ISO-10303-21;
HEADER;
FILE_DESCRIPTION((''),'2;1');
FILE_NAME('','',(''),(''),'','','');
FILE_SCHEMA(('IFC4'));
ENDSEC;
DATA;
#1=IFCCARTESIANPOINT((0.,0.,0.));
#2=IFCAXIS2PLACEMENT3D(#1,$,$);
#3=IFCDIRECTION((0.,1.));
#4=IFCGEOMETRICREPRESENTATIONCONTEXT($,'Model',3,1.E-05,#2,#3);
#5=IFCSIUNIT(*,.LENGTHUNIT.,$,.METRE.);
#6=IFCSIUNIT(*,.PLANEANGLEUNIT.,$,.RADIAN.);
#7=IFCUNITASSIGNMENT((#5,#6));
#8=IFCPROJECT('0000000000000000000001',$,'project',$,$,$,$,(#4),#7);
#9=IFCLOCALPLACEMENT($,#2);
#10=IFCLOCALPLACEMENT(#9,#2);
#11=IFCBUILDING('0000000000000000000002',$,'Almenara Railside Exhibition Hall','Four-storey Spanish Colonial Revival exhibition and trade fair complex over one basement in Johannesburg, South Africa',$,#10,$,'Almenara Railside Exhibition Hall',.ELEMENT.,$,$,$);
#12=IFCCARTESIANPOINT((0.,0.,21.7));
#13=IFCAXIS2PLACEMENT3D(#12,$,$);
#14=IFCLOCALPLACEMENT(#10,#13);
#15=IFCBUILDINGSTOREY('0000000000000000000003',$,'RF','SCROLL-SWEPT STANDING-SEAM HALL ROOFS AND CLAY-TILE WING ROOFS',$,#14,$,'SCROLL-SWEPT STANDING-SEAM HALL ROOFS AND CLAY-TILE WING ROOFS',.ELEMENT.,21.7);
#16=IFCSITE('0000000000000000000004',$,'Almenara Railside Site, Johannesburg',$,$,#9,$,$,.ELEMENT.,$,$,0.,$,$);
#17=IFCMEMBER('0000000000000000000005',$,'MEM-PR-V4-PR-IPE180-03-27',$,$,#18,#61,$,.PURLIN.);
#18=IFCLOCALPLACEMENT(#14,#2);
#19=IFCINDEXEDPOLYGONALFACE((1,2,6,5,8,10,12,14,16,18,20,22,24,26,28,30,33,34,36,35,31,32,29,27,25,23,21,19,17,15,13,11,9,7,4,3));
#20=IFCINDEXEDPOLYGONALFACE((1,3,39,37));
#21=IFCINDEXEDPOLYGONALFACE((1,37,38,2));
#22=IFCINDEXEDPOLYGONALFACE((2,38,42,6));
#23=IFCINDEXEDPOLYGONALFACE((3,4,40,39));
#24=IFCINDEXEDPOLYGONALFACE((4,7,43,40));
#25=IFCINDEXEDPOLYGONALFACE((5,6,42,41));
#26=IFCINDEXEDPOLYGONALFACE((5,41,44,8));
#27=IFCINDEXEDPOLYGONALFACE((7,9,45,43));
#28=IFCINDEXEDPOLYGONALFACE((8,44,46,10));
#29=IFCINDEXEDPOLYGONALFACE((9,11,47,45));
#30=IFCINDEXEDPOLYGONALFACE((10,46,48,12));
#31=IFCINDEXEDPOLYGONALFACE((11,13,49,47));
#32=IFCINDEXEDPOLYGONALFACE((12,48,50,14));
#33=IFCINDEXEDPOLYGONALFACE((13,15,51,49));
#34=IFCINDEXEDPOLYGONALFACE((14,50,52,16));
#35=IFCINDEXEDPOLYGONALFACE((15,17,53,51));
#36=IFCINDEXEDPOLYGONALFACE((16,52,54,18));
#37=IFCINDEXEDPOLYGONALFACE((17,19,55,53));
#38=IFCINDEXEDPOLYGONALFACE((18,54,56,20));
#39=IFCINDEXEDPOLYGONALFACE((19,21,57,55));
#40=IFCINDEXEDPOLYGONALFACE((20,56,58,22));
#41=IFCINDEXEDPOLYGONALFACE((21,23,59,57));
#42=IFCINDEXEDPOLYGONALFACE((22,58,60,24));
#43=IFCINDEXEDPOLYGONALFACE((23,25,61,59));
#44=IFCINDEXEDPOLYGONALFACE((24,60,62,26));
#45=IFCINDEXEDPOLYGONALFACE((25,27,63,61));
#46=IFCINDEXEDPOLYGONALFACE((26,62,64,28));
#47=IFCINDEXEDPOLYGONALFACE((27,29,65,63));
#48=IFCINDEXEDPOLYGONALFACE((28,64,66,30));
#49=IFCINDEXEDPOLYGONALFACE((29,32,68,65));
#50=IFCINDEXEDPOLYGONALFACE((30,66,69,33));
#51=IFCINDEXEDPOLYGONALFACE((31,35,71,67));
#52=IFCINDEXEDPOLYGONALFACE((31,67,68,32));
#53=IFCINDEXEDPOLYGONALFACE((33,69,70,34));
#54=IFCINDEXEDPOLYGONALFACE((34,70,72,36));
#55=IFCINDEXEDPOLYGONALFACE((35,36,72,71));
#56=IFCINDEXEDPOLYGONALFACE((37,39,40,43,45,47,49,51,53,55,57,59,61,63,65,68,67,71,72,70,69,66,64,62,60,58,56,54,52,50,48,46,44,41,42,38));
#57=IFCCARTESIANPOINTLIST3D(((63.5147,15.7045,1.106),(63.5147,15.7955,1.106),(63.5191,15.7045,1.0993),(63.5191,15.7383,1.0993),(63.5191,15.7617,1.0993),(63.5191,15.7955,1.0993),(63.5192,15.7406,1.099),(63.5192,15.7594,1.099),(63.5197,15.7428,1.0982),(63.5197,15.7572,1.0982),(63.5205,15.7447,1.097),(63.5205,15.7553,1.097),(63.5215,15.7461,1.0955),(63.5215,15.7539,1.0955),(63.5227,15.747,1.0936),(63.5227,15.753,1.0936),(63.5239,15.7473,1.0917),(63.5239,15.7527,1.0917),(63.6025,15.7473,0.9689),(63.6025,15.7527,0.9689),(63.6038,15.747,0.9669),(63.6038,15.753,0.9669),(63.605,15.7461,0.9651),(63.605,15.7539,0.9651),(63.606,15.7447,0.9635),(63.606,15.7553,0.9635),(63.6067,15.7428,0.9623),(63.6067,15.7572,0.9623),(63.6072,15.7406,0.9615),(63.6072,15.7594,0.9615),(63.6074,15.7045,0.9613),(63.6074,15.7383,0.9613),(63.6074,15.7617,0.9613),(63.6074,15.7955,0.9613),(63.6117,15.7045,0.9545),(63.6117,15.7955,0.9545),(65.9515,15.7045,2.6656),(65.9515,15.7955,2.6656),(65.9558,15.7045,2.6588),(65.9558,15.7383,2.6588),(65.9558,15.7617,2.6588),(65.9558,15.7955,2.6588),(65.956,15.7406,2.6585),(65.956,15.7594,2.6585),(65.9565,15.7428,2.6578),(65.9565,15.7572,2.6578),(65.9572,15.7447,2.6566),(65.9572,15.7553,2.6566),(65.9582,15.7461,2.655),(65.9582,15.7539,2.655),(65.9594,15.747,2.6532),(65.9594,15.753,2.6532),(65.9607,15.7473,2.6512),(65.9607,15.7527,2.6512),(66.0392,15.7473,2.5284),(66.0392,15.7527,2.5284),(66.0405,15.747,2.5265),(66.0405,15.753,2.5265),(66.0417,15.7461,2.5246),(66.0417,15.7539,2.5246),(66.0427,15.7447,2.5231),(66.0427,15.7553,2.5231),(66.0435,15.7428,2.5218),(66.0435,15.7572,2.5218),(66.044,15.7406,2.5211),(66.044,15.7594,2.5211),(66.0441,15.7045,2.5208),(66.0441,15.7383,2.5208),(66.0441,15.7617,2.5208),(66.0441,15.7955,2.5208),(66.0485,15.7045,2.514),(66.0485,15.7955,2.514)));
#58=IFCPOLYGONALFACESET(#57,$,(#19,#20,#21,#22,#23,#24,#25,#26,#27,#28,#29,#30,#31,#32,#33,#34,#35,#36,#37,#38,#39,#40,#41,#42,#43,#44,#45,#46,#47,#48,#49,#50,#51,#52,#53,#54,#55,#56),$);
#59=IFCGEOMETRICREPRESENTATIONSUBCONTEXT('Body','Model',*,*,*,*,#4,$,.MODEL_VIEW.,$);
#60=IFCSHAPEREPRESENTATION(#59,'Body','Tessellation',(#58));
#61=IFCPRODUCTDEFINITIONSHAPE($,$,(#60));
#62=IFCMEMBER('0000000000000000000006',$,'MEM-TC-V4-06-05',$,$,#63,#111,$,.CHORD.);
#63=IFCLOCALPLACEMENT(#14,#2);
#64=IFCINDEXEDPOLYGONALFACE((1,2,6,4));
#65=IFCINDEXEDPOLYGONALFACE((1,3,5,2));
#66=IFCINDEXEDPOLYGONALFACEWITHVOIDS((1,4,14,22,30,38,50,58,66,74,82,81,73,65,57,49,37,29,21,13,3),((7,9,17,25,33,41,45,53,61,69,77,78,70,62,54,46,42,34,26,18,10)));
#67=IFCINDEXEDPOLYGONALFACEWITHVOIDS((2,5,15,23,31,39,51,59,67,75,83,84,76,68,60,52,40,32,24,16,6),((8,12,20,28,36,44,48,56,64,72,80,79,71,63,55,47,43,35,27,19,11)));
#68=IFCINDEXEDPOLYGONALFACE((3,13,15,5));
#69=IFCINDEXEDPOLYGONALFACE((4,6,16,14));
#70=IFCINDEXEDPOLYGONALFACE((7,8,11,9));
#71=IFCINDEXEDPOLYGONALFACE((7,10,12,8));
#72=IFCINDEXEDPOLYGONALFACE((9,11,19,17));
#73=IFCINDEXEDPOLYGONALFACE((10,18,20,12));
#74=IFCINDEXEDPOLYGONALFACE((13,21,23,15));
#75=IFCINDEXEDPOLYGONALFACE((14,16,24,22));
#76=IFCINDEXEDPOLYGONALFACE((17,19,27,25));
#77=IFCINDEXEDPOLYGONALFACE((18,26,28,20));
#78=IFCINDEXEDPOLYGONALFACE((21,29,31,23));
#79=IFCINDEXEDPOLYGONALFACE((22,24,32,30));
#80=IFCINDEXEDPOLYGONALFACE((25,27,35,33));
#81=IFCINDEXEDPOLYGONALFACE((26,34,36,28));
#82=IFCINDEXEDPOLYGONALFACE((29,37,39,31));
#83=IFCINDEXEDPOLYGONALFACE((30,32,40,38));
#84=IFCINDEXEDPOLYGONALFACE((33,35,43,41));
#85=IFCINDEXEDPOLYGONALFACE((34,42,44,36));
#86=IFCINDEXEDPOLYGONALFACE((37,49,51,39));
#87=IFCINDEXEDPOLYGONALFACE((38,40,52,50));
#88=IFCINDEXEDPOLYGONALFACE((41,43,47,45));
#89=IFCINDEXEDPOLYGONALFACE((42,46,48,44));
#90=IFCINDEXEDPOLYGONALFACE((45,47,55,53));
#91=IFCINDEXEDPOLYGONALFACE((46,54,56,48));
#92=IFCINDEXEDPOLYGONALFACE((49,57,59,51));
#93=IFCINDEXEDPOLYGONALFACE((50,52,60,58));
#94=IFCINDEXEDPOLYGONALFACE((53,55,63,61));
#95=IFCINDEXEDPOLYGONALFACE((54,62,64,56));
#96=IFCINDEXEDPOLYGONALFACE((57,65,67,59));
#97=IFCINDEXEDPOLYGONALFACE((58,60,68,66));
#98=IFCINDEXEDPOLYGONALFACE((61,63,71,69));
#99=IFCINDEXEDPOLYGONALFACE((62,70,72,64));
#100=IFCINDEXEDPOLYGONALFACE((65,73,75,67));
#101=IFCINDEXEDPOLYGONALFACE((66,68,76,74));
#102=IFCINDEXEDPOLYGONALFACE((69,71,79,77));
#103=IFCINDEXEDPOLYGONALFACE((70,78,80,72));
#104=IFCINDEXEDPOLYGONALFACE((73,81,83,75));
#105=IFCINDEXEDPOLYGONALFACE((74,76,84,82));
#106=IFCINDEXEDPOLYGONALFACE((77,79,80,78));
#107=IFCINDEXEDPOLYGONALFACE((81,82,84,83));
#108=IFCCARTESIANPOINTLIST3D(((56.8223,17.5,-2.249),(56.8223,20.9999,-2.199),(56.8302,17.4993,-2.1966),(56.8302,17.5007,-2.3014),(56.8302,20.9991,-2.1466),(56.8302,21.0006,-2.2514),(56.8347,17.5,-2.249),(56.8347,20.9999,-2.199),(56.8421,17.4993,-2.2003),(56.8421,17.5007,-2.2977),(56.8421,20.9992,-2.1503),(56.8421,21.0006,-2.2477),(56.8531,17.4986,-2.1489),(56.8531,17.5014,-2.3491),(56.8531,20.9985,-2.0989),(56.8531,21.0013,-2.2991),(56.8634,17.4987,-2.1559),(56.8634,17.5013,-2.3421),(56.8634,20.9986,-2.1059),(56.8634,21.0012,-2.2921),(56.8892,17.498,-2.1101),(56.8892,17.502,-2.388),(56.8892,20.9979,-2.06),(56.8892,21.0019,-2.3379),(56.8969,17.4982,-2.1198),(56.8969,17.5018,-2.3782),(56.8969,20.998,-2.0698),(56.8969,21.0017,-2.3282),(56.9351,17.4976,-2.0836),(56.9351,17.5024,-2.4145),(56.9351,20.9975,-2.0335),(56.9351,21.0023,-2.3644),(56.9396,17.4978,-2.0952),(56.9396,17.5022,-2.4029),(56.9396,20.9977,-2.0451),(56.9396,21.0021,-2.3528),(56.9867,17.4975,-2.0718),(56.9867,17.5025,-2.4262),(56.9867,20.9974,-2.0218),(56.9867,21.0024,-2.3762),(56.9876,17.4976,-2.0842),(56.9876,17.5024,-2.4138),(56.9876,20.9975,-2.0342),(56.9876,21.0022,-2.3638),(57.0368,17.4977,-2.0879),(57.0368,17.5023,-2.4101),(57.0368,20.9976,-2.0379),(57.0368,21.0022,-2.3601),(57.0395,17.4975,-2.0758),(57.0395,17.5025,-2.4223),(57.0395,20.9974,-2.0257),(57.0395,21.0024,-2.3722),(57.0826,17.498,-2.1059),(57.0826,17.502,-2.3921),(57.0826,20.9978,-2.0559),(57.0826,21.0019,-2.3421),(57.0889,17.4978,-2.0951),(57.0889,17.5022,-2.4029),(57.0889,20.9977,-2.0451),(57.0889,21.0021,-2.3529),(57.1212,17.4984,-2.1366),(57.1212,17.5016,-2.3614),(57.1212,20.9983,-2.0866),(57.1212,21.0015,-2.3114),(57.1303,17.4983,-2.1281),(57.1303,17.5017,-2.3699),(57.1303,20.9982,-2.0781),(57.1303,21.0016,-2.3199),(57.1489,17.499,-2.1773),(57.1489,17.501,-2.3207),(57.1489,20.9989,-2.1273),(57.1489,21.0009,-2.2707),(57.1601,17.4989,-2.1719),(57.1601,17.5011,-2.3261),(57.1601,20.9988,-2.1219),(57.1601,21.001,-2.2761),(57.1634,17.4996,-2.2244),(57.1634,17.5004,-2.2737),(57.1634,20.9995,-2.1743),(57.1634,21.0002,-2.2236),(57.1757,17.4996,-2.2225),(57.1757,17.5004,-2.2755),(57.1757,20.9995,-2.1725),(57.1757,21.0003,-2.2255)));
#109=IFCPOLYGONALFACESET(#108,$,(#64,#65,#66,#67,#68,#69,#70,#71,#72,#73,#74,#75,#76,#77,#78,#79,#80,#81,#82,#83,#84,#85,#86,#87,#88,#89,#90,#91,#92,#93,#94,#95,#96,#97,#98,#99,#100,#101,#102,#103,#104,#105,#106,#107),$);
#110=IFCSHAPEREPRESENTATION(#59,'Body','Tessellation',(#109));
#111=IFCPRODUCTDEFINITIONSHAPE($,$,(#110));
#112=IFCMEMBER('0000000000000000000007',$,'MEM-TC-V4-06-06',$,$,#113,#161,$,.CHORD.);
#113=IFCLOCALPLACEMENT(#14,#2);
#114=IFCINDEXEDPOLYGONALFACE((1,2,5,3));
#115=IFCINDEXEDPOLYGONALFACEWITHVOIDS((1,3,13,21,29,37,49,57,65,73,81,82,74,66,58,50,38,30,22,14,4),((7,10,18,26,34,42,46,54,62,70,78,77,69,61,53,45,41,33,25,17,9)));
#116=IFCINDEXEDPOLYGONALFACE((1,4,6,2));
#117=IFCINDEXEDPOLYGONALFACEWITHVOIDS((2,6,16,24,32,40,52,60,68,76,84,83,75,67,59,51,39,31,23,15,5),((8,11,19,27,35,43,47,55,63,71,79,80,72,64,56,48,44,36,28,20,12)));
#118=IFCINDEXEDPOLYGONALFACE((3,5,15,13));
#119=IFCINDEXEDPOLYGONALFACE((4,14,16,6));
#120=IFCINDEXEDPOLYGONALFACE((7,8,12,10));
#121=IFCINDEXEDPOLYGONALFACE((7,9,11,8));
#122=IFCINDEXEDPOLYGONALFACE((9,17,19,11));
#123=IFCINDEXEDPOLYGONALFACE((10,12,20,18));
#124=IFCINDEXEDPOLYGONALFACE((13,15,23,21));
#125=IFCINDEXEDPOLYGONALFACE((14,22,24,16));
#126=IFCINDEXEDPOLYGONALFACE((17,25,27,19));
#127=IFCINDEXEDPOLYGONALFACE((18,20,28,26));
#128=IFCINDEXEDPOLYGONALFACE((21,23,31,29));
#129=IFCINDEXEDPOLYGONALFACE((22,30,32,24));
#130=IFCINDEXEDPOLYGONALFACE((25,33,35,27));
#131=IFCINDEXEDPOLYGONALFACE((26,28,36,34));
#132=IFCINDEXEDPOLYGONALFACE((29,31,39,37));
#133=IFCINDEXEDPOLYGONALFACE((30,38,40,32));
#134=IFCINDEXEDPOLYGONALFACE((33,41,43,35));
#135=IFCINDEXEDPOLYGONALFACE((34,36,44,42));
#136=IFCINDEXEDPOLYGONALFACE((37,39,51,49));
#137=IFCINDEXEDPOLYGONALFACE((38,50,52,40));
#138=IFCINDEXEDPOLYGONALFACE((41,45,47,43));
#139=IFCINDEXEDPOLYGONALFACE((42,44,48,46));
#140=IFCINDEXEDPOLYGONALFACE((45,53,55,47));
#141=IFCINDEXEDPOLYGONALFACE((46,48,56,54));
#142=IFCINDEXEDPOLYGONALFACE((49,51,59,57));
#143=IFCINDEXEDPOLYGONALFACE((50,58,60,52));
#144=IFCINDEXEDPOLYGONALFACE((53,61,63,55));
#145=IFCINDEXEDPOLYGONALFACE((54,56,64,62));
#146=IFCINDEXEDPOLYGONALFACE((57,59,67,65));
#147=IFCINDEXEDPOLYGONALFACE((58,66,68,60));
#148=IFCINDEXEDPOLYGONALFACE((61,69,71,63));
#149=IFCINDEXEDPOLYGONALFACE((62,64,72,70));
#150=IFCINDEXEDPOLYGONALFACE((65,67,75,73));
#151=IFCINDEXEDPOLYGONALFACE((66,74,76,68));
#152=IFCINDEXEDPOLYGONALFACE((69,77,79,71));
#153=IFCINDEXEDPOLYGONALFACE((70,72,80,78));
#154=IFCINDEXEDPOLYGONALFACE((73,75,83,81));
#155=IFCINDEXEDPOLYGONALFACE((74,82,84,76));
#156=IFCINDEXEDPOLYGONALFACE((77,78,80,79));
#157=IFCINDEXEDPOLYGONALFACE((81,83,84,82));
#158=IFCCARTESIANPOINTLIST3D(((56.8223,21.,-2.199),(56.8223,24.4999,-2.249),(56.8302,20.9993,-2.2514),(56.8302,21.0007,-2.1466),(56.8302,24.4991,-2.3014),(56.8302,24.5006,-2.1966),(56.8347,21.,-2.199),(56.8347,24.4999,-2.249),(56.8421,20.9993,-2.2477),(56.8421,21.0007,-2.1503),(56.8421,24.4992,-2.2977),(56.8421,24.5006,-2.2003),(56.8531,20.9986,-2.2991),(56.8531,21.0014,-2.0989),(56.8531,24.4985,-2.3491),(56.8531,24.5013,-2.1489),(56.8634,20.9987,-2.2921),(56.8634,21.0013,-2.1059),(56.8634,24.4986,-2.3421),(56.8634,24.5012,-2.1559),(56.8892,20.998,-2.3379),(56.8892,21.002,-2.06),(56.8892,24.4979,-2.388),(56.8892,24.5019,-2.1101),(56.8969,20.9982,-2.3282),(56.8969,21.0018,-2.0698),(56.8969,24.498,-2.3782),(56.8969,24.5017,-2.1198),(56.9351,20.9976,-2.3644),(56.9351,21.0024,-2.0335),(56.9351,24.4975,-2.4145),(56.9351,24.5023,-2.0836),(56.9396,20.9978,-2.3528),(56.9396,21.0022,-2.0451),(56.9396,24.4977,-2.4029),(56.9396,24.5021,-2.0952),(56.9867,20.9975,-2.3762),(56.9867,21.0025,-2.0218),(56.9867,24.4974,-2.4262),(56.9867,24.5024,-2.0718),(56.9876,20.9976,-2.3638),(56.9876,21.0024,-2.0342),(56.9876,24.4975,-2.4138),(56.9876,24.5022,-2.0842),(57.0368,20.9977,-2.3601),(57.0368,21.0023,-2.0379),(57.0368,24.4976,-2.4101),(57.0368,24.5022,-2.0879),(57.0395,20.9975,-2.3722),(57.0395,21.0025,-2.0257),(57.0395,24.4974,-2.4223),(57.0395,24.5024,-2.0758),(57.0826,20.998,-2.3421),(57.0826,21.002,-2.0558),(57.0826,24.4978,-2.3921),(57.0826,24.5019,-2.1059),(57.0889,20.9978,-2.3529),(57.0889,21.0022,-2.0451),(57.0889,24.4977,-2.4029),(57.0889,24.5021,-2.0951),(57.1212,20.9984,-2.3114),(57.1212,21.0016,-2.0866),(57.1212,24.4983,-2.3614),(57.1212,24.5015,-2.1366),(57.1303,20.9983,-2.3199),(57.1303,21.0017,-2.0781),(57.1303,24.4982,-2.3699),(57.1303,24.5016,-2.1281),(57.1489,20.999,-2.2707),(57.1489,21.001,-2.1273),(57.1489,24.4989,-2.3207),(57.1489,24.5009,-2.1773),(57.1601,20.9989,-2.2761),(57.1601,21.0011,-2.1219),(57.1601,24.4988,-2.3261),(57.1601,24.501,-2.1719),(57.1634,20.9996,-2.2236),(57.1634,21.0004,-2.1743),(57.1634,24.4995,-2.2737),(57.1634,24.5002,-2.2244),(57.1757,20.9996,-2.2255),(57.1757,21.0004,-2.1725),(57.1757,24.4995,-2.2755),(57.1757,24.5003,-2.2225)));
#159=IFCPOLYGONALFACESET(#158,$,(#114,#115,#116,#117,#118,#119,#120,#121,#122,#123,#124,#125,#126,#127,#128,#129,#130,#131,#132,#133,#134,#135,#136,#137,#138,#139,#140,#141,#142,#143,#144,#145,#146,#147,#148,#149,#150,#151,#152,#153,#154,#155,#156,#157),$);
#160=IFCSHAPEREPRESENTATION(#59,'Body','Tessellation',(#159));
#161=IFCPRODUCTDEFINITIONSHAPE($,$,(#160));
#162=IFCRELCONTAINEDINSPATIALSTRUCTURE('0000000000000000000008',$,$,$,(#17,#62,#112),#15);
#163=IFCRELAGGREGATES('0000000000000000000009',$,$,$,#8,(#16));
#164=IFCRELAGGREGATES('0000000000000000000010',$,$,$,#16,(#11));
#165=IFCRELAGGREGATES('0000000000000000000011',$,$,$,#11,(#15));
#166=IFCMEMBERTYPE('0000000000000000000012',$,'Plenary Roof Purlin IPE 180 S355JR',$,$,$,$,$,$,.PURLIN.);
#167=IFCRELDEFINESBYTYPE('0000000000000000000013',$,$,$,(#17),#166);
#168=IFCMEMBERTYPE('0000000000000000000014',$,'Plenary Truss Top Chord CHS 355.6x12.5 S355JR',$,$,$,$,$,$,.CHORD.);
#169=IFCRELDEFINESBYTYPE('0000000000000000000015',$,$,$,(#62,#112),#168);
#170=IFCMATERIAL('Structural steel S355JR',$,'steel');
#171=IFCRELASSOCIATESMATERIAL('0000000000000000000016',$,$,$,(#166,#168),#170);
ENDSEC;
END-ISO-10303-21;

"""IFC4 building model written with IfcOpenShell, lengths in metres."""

from ifc_helpers import new_model, si_unit, direction, frame, origin, origin_2d, place, context, subcontext, project, spatial, hollow_circle, i_section, extrude, material, material_profile, profile_set, type_object, element, save


model = new_model("IFC4")

# Units and contexts
model_context = context("Model", 3, precision=1e-05, world=origin(), true_north=direction((0.0, 1.0)))
body_context = subcontext(model_context, "Body", "Model", "MODEL_VIEW")
ifc_project = project(units=[si_unit("LENGTHUNIT", "METRE"), si_unit("PLANEANGLEUNIT", "RADIAN")], contexts=[model_context])

# Site, building, storey
site_placement = place(None, origin())
site = spatial("IfcSite", under=ifc_project, at=site_placement, Name="Almenara Railside Site, Johannesburg", CompositionType="ELEMENT", RefElevation=0.0)
building_placement = place(site_placement, origin())
building = spatial("IfcBuilding", under=site, at=building_placement, Name="Almenara Railside Exhibition Hall", Description="Four-storey Spanish Colonial Revival exhibition and trade fair complex over one basement in Johannesburg, South Africa", LongName="Almenara Railside Exhibition Hall", CompositionType="ELEMENT")
storey_placement = place(building_placement, frame((0.0, 0.0, 21.7)))
storey = spatial("IfcBuildingStorey", under=building, at=storey_placement, Name="RF", Description="SCROLL-SWEPT STANDING-SEAM HALL ROOFS AND CLAY-TILE WING ROOFS", LongName="SCROLL-SWEPT STANDING-SEAM HALL ROOFS AND CLAY-TILE WING ROOFS", CompositionType="ELEMENT", Elevation=21.7)

# Members
ifc_material_1 = material(Name="Structural steel S355JR", Category="steel")
ifc_material_profile_1 = material_profile(ifc_material_1, i_section(OverallWidth=0.0911, OverallDepth=0.1799, WebThickness=0.0054, FlangeThickness=0.0081, FilletRadius=0.009, at=origin_2d()), Name="IPE 180")
ifc_profile_set_1 = profile_set([ifc_material_profile_1], Name="Structural steel S355JR")
member_type_1 = type_object("IfcMemberType", Name="Plenary Roof Purlin IPE 180 S355JR", PredefinedType="PURLIN", material=ifc_profile_set_1)
member_1_placement = place(storey_placement, frame((63.5632, 15.75, 1.0303), z_axis=(0.842265, 0.0, 0.539063), x_axis=(0.0, 1.0, 0.0)))
element("IfcMember", 1, at=member_1_placement, inside=storey, type_object=member_type_1, Name="MEM-PR-V4-PR-IPE180-03-27", PredefinedType="PURLIN", context=body_context, shape_type="SweptSolid", body=[
    extrude(i_section(OverallWidth=0.0911, OverallDepth=0.1799, WebThickness=0.0054, FlangeThickness=0.0081, FilletRadius=0.009, at=origin_2d()), origin(), (0.0, 0.0, 1.0), 2.8931),
])
ifc_material_profile_2 = material_profile(ifc_material_1, hollow_circle(Radius=0.1777, WallThickness=0.0125, at=origin_2d()), Name="CHS 355.6x12.5")
ifc_profile_set_2 = profile_set([ifc_material_profile_2], Name="Structural steel S355JR")
member_type_2 = type_object("IfcMemberType", Name="Plenary Truss Top Chord CHS 355.6x12.5 S355JR", PredefinedType="CHORD", material=ifc_profile_set_2)
for number, where, z_axis, x_axis, name in (
    (2, (57.0, 17.5, -2.249), (0.0, 0.999898, 0.014298), (-1.0, 0.0, 0.0), "MEM-TC-V4-06-05"),
    (3, (57.0, 21.0, -2.199), (0.0, 0.999898, -0.014298), (-1.0, 0.0, 0.0), "MEM-TC-V4-06-06"),
):
    element("IfcMember", number, at=place(storey_placement, frame(where, z_axis=z_axis, x_axis=x_axis)), inside=storey, type_object=member_type_2, Name=name, PredefinedType="CHORD", context=body_context, shape_type="SweptSolid", body=[
        extrude(hollow_circle(Radius=0.1777, WallThickness=0.0125, at=origin_2d()), origin(), (0.0, 0.0, 1.0), 3.5002),
    ])

save(model, "model.ifc")
